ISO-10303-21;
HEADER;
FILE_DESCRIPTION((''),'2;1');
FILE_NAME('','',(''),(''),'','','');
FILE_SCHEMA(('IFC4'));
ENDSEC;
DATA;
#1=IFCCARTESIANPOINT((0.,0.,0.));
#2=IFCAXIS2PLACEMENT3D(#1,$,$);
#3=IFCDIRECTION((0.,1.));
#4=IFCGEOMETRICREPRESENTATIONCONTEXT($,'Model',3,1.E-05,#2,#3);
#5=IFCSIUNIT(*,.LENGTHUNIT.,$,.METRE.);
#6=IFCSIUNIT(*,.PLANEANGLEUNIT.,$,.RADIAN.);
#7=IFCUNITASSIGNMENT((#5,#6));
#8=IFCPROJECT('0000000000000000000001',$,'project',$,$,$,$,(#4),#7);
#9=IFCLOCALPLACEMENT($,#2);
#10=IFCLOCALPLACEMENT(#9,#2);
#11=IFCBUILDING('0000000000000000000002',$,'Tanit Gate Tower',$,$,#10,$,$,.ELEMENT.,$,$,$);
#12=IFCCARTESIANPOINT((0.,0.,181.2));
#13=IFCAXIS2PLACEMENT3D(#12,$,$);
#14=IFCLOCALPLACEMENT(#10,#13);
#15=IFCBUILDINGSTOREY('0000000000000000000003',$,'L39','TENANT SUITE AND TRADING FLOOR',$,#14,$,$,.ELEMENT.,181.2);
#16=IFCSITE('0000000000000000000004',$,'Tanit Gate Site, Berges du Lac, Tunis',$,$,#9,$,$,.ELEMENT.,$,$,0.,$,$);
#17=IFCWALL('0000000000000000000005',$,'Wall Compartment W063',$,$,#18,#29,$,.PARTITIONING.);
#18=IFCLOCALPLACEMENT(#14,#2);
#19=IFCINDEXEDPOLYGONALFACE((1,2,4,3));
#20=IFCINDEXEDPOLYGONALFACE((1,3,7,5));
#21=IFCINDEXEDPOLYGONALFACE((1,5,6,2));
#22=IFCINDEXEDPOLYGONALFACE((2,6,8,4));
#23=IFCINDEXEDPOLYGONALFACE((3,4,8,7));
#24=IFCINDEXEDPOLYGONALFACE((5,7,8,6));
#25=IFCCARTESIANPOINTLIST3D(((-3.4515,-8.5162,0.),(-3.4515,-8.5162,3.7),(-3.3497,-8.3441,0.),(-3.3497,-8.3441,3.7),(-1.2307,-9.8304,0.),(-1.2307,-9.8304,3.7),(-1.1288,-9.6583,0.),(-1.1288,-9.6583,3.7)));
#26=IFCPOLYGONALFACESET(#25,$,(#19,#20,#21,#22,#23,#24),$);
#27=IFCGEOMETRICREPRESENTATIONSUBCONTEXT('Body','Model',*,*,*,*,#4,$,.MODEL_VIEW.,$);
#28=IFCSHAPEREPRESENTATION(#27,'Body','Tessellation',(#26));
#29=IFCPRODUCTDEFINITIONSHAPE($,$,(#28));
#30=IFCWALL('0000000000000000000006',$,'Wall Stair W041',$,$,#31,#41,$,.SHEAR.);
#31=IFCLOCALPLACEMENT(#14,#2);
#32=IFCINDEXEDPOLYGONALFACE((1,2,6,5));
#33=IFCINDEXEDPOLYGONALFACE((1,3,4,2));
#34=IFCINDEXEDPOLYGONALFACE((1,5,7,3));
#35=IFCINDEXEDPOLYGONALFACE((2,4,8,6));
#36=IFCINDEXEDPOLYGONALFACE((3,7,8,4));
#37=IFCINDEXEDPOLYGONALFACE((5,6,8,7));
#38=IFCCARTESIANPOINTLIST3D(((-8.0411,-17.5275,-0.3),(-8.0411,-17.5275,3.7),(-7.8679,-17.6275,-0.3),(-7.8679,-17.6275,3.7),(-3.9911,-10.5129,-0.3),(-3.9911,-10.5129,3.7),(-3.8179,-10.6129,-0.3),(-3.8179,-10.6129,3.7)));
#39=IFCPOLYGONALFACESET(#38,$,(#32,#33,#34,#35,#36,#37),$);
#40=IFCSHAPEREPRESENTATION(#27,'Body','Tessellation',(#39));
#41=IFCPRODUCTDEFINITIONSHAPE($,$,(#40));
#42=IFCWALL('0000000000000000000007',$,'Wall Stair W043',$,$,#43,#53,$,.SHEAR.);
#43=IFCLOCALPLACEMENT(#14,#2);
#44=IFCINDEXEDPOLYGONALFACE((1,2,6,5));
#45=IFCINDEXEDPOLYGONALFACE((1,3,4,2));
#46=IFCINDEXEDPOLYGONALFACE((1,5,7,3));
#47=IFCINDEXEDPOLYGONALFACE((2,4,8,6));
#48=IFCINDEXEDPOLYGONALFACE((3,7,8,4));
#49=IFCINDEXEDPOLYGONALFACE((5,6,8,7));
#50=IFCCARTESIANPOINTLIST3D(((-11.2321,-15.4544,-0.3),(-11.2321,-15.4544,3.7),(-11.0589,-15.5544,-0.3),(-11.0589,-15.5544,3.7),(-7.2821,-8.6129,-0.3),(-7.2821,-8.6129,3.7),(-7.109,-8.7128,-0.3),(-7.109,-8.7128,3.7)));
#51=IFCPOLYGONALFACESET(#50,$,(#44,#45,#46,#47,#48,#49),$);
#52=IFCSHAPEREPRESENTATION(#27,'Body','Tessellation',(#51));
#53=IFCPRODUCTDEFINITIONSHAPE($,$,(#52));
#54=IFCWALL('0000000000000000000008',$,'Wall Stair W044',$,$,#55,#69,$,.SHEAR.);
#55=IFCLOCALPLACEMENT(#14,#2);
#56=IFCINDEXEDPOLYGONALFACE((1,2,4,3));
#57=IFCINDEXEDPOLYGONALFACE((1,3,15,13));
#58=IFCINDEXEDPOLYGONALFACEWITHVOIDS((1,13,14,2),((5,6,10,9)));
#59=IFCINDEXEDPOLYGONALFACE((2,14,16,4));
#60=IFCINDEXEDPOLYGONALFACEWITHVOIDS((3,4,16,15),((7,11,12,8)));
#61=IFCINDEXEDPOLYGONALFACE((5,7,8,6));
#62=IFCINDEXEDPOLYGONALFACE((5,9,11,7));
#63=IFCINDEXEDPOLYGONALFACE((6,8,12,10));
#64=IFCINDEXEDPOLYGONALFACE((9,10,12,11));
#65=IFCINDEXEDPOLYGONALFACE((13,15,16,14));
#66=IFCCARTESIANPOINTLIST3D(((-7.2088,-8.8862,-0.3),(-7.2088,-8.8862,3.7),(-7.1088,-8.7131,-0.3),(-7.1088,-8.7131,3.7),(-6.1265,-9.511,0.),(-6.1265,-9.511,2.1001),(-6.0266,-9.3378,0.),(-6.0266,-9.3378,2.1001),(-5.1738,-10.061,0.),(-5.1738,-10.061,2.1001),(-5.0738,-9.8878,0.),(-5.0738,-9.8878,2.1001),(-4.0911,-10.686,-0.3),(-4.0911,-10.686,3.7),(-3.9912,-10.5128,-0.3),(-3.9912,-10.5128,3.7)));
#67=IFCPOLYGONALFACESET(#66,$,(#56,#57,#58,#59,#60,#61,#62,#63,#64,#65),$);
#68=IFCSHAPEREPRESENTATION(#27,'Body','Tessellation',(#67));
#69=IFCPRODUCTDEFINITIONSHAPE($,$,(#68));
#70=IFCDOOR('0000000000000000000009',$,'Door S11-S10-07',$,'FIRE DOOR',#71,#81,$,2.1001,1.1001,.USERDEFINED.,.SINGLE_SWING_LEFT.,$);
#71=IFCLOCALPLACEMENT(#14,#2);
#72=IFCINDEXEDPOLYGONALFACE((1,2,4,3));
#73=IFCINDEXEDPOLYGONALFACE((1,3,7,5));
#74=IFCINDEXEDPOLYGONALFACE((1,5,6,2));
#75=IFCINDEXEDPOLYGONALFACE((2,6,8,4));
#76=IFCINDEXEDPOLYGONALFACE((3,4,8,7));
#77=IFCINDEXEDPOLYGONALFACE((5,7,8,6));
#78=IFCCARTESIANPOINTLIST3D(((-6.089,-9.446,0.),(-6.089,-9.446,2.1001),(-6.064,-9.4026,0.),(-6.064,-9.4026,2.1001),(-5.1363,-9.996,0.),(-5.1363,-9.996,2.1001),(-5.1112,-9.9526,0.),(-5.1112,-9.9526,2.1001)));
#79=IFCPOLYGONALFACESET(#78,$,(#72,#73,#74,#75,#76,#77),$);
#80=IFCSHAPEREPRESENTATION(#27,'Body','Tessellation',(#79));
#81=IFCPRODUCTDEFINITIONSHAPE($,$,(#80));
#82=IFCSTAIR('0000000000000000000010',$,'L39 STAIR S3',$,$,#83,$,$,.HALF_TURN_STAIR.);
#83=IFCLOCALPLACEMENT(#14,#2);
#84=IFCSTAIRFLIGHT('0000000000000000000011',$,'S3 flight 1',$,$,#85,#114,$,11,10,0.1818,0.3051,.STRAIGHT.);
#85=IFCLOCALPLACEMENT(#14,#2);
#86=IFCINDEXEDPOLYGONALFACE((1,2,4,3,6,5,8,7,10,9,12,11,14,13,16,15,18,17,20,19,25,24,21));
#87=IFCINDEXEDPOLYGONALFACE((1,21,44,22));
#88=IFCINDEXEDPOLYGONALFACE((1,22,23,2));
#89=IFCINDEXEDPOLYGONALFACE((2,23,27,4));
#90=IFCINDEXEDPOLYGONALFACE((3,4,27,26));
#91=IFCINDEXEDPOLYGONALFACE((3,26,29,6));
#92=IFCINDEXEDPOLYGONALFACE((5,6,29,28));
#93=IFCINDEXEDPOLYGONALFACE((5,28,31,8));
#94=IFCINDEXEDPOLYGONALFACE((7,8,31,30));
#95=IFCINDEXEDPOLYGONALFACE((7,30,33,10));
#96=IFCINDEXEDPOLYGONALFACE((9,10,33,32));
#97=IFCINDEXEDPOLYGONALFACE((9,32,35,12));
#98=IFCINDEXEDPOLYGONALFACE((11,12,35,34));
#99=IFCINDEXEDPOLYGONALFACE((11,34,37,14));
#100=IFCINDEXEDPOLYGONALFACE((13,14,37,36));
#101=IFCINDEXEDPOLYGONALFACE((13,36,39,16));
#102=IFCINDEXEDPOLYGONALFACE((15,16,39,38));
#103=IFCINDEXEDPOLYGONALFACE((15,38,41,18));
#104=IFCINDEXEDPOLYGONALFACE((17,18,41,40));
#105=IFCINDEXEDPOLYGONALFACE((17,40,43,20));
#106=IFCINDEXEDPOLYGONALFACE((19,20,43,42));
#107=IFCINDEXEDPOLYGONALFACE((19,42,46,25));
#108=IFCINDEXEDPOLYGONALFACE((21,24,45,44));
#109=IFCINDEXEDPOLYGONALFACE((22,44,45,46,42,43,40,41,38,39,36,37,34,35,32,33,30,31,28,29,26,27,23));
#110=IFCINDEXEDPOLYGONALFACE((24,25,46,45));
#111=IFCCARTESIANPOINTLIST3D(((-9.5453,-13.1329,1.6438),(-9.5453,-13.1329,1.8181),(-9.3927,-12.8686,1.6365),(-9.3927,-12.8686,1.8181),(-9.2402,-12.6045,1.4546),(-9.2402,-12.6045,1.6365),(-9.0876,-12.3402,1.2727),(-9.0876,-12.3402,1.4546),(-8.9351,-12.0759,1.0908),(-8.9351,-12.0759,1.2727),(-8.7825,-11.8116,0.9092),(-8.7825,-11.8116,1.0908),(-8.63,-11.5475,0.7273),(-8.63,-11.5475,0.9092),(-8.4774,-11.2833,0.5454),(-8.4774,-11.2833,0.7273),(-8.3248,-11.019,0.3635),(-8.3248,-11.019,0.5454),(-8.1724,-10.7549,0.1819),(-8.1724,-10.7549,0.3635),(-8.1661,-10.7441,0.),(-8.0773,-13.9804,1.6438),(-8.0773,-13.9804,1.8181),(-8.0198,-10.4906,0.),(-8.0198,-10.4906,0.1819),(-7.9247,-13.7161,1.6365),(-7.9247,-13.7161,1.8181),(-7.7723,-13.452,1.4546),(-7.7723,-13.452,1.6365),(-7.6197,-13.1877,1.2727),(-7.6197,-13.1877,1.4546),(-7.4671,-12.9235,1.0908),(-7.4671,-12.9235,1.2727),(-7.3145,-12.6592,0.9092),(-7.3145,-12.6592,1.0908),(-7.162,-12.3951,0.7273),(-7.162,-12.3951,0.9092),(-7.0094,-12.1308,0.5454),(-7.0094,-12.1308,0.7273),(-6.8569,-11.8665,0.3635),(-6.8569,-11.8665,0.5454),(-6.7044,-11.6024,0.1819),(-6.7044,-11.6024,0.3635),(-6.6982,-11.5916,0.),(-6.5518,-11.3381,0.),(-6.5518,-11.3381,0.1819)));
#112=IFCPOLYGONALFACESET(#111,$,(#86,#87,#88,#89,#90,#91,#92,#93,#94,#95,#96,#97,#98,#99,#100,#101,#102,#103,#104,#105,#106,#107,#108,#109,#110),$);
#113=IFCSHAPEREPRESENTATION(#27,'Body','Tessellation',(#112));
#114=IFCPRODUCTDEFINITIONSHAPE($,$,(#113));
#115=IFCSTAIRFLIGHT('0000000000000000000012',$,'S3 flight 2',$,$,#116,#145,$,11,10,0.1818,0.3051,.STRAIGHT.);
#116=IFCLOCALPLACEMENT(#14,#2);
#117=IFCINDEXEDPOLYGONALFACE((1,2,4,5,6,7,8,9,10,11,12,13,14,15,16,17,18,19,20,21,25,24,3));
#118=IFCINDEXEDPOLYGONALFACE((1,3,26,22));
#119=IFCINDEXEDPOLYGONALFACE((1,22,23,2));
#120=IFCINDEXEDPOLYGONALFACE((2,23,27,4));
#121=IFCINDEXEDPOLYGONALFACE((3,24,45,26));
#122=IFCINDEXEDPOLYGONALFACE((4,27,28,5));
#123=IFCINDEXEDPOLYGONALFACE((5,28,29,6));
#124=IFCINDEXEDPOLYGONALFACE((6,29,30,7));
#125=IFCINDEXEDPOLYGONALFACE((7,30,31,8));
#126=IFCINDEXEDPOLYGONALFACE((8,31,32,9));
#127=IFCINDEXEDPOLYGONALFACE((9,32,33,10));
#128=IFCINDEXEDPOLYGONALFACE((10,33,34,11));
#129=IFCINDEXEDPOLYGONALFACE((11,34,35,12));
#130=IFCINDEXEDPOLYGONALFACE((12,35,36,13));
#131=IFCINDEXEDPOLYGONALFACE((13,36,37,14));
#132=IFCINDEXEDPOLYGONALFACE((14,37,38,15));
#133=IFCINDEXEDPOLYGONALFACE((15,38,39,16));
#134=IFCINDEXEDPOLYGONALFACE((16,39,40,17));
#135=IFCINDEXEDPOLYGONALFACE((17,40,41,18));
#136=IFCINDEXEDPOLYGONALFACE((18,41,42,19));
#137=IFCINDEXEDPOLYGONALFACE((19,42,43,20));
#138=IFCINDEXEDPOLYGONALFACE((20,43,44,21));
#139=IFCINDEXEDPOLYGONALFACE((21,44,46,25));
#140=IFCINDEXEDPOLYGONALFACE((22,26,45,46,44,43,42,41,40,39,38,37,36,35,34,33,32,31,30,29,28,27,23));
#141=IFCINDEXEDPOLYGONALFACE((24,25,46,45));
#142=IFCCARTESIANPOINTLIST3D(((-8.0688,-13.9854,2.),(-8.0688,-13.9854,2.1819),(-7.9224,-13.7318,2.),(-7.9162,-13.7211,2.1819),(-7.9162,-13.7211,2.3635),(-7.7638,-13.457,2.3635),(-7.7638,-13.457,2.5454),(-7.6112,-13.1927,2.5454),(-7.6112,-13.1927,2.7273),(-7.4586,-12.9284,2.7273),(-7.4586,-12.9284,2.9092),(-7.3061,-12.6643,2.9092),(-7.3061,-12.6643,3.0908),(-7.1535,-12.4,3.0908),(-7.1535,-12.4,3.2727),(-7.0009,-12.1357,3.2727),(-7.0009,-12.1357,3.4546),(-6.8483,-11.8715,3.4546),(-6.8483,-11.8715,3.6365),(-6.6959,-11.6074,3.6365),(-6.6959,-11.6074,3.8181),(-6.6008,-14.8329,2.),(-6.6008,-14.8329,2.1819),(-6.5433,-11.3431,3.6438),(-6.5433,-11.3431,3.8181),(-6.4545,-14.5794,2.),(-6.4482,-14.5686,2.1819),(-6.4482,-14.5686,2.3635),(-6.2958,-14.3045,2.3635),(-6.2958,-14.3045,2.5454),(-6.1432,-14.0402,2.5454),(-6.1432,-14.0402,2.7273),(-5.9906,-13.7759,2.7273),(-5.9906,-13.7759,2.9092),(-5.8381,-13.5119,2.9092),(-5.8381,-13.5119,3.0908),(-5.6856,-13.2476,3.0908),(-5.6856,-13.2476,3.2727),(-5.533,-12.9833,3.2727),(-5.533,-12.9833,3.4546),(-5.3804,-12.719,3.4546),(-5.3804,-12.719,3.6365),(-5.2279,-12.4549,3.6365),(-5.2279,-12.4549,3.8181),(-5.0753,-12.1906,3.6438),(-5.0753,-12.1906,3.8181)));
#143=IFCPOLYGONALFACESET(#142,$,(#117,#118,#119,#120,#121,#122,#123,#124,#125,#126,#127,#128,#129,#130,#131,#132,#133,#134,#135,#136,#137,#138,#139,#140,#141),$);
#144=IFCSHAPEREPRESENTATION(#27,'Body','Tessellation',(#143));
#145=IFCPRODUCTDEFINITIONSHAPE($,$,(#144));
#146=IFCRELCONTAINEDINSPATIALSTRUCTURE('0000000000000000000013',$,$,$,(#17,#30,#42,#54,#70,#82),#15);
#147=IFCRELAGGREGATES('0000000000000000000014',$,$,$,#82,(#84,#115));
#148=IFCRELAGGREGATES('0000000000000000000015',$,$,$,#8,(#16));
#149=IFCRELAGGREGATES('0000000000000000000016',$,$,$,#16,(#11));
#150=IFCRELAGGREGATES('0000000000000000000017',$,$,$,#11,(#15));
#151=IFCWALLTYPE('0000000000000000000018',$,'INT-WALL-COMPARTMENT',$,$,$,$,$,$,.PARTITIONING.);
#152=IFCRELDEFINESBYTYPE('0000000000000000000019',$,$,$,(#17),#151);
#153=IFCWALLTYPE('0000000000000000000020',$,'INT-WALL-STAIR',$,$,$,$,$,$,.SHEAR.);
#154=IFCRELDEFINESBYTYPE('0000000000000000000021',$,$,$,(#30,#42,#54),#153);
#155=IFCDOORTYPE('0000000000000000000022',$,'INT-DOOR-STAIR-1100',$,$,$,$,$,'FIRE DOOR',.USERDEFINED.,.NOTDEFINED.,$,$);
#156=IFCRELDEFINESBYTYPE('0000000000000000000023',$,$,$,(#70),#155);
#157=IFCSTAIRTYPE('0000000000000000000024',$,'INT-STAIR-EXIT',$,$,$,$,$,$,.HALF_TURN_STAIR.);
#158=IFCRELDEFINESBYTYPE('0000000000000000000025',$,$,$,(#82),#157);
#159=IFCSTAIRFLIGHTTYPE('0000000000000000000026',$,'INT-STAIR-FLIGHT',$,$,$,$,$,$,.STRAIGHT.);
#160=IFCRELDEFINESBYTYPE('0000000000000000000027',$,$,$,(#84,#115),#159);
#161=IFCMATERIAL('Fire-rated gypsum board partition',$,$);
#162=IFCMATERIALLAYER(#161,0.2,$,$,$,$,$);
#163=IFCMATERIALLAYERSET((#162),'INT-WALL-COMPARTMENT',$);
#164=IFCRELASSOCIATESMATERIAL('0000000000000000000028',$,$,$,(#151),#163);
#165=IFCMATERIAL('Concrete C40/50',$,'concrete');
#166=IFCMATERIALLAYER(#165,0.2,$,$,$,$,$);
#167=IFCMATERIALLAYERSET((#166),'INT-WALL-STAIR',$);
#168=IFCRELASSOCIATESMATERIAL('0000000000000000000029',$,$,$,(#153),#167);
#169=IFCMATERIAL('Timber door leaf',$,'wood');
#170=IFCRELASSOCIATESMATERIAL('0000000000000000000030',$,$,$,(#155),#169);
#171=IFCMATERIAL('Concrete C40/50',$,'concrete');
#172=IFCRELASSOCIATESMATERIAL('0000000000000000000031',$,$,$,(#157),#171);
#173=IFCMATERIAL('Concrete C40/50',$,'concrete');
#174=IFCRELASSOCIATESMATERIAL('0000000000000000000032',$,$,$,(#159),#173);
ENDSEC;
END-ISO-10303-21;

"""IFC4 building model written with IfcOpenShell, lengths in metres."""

from ifc_helpers import new_model, si_unit, direction, frame, frame_2d, origin, place, context, subcontext, project, spatial, polyline, rectangle, outline, extrude, material, layer, layer_set, type_object, element, fill, aggregate, save


model = new_model("IFC4")

# Units and contexts
model_context = context("Model", 3, precision=1e-05, world=origin(), true_north=direction((0.0, 1.0)))
body_context = subcontext(model_context, "Body", "Model", "MODEL_VIEW")
ifc_project = project(units=[si_unit("LENGTHUNIT", "METRE"), si_unit("PLANEANGLEUNIT", "RADIAN")], contexts=[model_context])

# Site, building, storey
site_placement = place(None, origin())
site = spatial("IfcSite", under=ifc_project, at=site_placement, Name="Tanit Gate Site, Berges du Lac, Tunis", CompositionType="ELEMENT", RefElevation=0.0)
building_placement = place(site_placement, origin())
building = spatial("IfcBuilding", under=site, at=building_placement, Name="Tanit Gate Tower", CompositionType="ELEMENT")
storey_placement = place(building_placement, frame((0.0, 0.0, 181.2)))
storey = spatial("IfcBuildingStorey", under=building, at=storey_placement, Name="L39", Description="TENANT SUITE AND TRADING FLOOR", CompositionType="ELEMENT", Elevation=181.2)

# Wall
ifc_material_1 = material(Name="Fire-rated gypsum board partition")
ifc_layer_1 = layer(ifc_material_1, 0.2)
ifc_layer_set_1 = layer_set([ifc_layer_1], Name="INT-WALL-COMPARTMENT")
wall_type_1 = type_object("IfcWallType", Name="INT-WALL-COMPARTMENT", PredefinedType="PARTITIONING", material=ifc_layer_set_1)
wall_1_placement = place(storey_placement, frame((-3.4006, -8.4302, 0.0), z_axis=(0.0, 0.0, 1.0), x_axis=(0.860616, -0.509255, 0.0)))
element("IfcWall", 1, at=wall_1_placement, inside=storey, type_object=wall_type_1, Name="Wall Compartment W063", PredefinedType="PARTITIONING", context=body_context, shape_type="SweptSolid", body=[
    extrude(rectangle(XDim=2.5806, YDim=0.2, at=frame_2d((1.2903, 0.0))), origin(), (0.0, 0.0, 1.0), 3.7),
])

# Walls
ifc_material_2 = material(Name="Concrete C40/50", Category="concrete")
ifc_layer_2 = layer(ifc_material_2, 0.2)
ifc_layer_set_2 = layer_set([ifc_layer_2], Name="INT-WALL-STAIR")
wall_type_2 = type_object("IfcWallType", Name="INT-WALL-STAIR", PredefinedType="SHEAR", material=ifc_layer_set_2)
wall_2_placement = place(storey_placement, frame((-3.9045, -10.563, -0.3), z_axis=(0.0, 0.0, 1.0), x_axis=(-0.500013, -0.866018, 0.0)))
element("IfcWall", 2, at=wall_2_placement, inside=storey, type_object=wall_type_2, Name="Wall Stair W041", PredefinedType="SHEAR", context=body_context, shape_type="SweptSolid", body=[
    extrude(rectangle(XDim=8.0999, YDim=0.2, at=frame_2d((4.0498, 0.0))), origin(), (0.0, 0.0, 1.0), 4.0),
])
wall_3_placement = place(storey_placement, frame((-7.1956, -8.6628, -0.3), z_axis=(0.0, 0.0, 1.0), x_axis=(-0.499998, -0.866027, 0.0)))
element("IfcWall", 3, at=wall_3_placement, inside=storey, type_object=wall_type_2, Name="Wall Stair W043", PredefinedType="SHEAR", context=body_context, shape_type="SweptSolid", body=[
    extrude(rectangle(XDim=7.8999, YDim=0.2, at=frame_2d((3.95, 0.0))), origin(), (0.0, 0.0, 1.0), 4.0),
])

# Wall, opening, door
wall_4_placement = place(storey_placement, frame((-4.0413, -10.5994, -0.3), z_axis=(0.0, 0.0, 1.0), x_axis=(-0.866048, 0.499961, 0.0)))
wall_4 = element("IfcWall", 4, at=wall_4_placement, inside=storey, type_object=wall_type_2, Name="Wall Stair W044", PredefinedType="SHEAR", context=body_context, shape_type="SweptSolid", body=[
    extrude(rectangle(XDim=3.5999, YDim=0.2, at=frame_2d((1.7998, 0.0))), origin(), (0.0, 0.0, 1.0), 4.0),
])
opening_1_placement = place(wall_4_placement, frame((1.25, 0.0, 0.3)))
opening_1 = element("IfcOpeningElement", 5, at=opening_1_placement, cuts=wall_4, PredefinedType="OPENING", context=body_context, shape_type="SweptSolid", body=[
    extrude(rectangle(XDim=1.1001, YDim=2.1001, at=frame_2d((0.55, 1.05))), frame((0.0, 0.1099, 0.0), z_axis=(0.0, -1.0, 0.0), x_axis=(1.0, 0.0, 0.0)), (0.0, 0.0, 1.0), 0.22),
])
ifc_material_3 = material(Name="Timber door leaf", Category="wood")
door_type_1 = type_object("IfcDoorType", Name="INT-DOOR-STAIR-1100", ElementType="FIRE DOOR", OperationType="NOTDEFINED", PredefinedType="USERDEFINED", material=ifc_material_3)
door_1_placement = place(opening_1_placement, origin())
door_1 = element("IfcDoor", 6, at=door_1_placement, inside=storey, type_object=door_type_1, Name="Door S11-S10-07", ObjectType="FIRE DOOR", OperationType="SINGLE_SWING_LEFT", OverallHeight=2.1001, OverallWidth=1.1001, PredefinedType="USERDEFINED", context=body_context, shape_type="SweptSolid", body=[
    extrude(rectangle(XDim=1.1001, YDim=2.1001, at=frame_2d((0.55, 1.05))), frame((0.0, 0.0249, 0.0), z_axis=(0.0, -1.0, 0.0), x_axis=(1.0, 0.0, 0.0)), (0.0, 0.0, 1.0), 0.05),
])
fill(opening_1, door_1)

# Stair, stair flights
ifc_material_4 = material(Name="Concrete C40/50", Category="concrete")
stair_type = type_object("IfcStairType", Name="INT-STAIR-EXIT", PredefinedType="HALF_TURN_STAIR", material=ifc_material_4)
stair_placement = place(storey_placement, origin())
stair = element("IfcStair", 7, at=stair_placement, inside=storey, type_object=stair_type, Name="L39 STAIR S3", PredefinedType="HALF_TURN_STAIR")
ifc_material_5 = material(Name="Concrete C40/50", Category="concrete")
stair_flight_type = type_object("IfcStairFlightType", Name="INT-STAIR-FLIGHT", PredefinedType="STRAIGHT", material=ifc_material_5)
stair_flight_1_placement = place(storey_placement, frame((-7.2859, -10.9143, 0.0), z_axis=(0.0, 0.0, 1.0), x_axis=(-0.5, -0.866025, 0.0)))
stair_flight_1 = element("IfcStairFlight", 8, at=stair_flight_1_placement, type_object=stair_flight_type, Name="S3 flight 1", NumberOfRisers=11, NumberOfTreads=10, PredefinedType="STRAIGHT", RiserHeight=0.1818, TreadLength=0.3051, context=body_context, shape_type="SweptSolid", body=[
    extrude(outline(polyline([(0.0, 0.0), (0.0, 0.1819), (0.3052, 0.1819), (0.3052, 0.3635), (0.6101, 0.3635), (0.6101, 0.5454), (0.9153, 0.5454), (0.9153, 0.7273), (1.2205, 0.7273), (1.2205, 0.9092), (1.5254, 0.9092), (1.5254, 1.0908), (1.8306, 1.0908), (1.8306, 1.2727), (2.1357, 1.2727), (2.1357, 1.4546), (2.4409, 1.4546), (2.4409, 1.6365), (2.7458, 1.6365), (2.7458, 1.8181), (3.051, 1.8181), (3.051, 2.0), (3.051, 1.6438), (0.2927, 0.0), (0.0, 0.0)])), frame((0.0, 0.8477, 0.0), z_axis=(0.0, -1.0, 0.0), x_axis=(1.0, 0.0, 0.0)), (0.0, 0.0, 1.0), 1.6951),
])
stair_flight_2_placement = place(storey_placement, frame((-7.3347, -14.4092, 2.0), z_axis=(0.0, 0.0, 1.0), x_axis=(0.5, 0.866025, 0.0)))
stair_flight_2 = element("IfcStairFlight", 9, at=stair_flight_2_placement, type_object=stair_flight_type, Name="S3 flight 2", NumberOfRisers=11, NumberOfTreads=10, PredefinedType="STRAIGHT", RiserHeight=0.1818, TreadLength=0.3051, context=body_context, shape_type="SweptSolid", body=[
    extrude(outline(polyline([(0.0, 0.0), (0.0, 0.1819), (0.3052, 0.1819), (0.3052, 0.3635), (0.6101, 0.3635), (0.6101, 0.5454), (0.9153, 0.5454), (0.9153, 0.7273), (1.2205, 0.7273), (1.2205, 0.9092), (1.5254, 0.9092), (1.5254, 1.0908), (1.8306, 1.0908), (1.8306, 1.2727), (2.1357, 1.2727), (2.1357, 1.4546), (2.4409, 1.4546), (2.4409, 1.6365), (2.7458, 1.6365), (2.7458, 1.8181), (3.051, 1.8181), (3.051, 2.0), (3.051, 1.6438), (0.2927, 0.0), (0.0, 0.0)])), frame((0.0, 0.8477, 0.0), z_axis=(0.0, -1.0, 0.0), x_axis=(1.0, 0.0, 0.0)), (0.0, 0.0, 1.0), 1.6951),
])
aggregate(stair, [stair_flight_1, stair_flight_2])

save(model, "model.ifc")
